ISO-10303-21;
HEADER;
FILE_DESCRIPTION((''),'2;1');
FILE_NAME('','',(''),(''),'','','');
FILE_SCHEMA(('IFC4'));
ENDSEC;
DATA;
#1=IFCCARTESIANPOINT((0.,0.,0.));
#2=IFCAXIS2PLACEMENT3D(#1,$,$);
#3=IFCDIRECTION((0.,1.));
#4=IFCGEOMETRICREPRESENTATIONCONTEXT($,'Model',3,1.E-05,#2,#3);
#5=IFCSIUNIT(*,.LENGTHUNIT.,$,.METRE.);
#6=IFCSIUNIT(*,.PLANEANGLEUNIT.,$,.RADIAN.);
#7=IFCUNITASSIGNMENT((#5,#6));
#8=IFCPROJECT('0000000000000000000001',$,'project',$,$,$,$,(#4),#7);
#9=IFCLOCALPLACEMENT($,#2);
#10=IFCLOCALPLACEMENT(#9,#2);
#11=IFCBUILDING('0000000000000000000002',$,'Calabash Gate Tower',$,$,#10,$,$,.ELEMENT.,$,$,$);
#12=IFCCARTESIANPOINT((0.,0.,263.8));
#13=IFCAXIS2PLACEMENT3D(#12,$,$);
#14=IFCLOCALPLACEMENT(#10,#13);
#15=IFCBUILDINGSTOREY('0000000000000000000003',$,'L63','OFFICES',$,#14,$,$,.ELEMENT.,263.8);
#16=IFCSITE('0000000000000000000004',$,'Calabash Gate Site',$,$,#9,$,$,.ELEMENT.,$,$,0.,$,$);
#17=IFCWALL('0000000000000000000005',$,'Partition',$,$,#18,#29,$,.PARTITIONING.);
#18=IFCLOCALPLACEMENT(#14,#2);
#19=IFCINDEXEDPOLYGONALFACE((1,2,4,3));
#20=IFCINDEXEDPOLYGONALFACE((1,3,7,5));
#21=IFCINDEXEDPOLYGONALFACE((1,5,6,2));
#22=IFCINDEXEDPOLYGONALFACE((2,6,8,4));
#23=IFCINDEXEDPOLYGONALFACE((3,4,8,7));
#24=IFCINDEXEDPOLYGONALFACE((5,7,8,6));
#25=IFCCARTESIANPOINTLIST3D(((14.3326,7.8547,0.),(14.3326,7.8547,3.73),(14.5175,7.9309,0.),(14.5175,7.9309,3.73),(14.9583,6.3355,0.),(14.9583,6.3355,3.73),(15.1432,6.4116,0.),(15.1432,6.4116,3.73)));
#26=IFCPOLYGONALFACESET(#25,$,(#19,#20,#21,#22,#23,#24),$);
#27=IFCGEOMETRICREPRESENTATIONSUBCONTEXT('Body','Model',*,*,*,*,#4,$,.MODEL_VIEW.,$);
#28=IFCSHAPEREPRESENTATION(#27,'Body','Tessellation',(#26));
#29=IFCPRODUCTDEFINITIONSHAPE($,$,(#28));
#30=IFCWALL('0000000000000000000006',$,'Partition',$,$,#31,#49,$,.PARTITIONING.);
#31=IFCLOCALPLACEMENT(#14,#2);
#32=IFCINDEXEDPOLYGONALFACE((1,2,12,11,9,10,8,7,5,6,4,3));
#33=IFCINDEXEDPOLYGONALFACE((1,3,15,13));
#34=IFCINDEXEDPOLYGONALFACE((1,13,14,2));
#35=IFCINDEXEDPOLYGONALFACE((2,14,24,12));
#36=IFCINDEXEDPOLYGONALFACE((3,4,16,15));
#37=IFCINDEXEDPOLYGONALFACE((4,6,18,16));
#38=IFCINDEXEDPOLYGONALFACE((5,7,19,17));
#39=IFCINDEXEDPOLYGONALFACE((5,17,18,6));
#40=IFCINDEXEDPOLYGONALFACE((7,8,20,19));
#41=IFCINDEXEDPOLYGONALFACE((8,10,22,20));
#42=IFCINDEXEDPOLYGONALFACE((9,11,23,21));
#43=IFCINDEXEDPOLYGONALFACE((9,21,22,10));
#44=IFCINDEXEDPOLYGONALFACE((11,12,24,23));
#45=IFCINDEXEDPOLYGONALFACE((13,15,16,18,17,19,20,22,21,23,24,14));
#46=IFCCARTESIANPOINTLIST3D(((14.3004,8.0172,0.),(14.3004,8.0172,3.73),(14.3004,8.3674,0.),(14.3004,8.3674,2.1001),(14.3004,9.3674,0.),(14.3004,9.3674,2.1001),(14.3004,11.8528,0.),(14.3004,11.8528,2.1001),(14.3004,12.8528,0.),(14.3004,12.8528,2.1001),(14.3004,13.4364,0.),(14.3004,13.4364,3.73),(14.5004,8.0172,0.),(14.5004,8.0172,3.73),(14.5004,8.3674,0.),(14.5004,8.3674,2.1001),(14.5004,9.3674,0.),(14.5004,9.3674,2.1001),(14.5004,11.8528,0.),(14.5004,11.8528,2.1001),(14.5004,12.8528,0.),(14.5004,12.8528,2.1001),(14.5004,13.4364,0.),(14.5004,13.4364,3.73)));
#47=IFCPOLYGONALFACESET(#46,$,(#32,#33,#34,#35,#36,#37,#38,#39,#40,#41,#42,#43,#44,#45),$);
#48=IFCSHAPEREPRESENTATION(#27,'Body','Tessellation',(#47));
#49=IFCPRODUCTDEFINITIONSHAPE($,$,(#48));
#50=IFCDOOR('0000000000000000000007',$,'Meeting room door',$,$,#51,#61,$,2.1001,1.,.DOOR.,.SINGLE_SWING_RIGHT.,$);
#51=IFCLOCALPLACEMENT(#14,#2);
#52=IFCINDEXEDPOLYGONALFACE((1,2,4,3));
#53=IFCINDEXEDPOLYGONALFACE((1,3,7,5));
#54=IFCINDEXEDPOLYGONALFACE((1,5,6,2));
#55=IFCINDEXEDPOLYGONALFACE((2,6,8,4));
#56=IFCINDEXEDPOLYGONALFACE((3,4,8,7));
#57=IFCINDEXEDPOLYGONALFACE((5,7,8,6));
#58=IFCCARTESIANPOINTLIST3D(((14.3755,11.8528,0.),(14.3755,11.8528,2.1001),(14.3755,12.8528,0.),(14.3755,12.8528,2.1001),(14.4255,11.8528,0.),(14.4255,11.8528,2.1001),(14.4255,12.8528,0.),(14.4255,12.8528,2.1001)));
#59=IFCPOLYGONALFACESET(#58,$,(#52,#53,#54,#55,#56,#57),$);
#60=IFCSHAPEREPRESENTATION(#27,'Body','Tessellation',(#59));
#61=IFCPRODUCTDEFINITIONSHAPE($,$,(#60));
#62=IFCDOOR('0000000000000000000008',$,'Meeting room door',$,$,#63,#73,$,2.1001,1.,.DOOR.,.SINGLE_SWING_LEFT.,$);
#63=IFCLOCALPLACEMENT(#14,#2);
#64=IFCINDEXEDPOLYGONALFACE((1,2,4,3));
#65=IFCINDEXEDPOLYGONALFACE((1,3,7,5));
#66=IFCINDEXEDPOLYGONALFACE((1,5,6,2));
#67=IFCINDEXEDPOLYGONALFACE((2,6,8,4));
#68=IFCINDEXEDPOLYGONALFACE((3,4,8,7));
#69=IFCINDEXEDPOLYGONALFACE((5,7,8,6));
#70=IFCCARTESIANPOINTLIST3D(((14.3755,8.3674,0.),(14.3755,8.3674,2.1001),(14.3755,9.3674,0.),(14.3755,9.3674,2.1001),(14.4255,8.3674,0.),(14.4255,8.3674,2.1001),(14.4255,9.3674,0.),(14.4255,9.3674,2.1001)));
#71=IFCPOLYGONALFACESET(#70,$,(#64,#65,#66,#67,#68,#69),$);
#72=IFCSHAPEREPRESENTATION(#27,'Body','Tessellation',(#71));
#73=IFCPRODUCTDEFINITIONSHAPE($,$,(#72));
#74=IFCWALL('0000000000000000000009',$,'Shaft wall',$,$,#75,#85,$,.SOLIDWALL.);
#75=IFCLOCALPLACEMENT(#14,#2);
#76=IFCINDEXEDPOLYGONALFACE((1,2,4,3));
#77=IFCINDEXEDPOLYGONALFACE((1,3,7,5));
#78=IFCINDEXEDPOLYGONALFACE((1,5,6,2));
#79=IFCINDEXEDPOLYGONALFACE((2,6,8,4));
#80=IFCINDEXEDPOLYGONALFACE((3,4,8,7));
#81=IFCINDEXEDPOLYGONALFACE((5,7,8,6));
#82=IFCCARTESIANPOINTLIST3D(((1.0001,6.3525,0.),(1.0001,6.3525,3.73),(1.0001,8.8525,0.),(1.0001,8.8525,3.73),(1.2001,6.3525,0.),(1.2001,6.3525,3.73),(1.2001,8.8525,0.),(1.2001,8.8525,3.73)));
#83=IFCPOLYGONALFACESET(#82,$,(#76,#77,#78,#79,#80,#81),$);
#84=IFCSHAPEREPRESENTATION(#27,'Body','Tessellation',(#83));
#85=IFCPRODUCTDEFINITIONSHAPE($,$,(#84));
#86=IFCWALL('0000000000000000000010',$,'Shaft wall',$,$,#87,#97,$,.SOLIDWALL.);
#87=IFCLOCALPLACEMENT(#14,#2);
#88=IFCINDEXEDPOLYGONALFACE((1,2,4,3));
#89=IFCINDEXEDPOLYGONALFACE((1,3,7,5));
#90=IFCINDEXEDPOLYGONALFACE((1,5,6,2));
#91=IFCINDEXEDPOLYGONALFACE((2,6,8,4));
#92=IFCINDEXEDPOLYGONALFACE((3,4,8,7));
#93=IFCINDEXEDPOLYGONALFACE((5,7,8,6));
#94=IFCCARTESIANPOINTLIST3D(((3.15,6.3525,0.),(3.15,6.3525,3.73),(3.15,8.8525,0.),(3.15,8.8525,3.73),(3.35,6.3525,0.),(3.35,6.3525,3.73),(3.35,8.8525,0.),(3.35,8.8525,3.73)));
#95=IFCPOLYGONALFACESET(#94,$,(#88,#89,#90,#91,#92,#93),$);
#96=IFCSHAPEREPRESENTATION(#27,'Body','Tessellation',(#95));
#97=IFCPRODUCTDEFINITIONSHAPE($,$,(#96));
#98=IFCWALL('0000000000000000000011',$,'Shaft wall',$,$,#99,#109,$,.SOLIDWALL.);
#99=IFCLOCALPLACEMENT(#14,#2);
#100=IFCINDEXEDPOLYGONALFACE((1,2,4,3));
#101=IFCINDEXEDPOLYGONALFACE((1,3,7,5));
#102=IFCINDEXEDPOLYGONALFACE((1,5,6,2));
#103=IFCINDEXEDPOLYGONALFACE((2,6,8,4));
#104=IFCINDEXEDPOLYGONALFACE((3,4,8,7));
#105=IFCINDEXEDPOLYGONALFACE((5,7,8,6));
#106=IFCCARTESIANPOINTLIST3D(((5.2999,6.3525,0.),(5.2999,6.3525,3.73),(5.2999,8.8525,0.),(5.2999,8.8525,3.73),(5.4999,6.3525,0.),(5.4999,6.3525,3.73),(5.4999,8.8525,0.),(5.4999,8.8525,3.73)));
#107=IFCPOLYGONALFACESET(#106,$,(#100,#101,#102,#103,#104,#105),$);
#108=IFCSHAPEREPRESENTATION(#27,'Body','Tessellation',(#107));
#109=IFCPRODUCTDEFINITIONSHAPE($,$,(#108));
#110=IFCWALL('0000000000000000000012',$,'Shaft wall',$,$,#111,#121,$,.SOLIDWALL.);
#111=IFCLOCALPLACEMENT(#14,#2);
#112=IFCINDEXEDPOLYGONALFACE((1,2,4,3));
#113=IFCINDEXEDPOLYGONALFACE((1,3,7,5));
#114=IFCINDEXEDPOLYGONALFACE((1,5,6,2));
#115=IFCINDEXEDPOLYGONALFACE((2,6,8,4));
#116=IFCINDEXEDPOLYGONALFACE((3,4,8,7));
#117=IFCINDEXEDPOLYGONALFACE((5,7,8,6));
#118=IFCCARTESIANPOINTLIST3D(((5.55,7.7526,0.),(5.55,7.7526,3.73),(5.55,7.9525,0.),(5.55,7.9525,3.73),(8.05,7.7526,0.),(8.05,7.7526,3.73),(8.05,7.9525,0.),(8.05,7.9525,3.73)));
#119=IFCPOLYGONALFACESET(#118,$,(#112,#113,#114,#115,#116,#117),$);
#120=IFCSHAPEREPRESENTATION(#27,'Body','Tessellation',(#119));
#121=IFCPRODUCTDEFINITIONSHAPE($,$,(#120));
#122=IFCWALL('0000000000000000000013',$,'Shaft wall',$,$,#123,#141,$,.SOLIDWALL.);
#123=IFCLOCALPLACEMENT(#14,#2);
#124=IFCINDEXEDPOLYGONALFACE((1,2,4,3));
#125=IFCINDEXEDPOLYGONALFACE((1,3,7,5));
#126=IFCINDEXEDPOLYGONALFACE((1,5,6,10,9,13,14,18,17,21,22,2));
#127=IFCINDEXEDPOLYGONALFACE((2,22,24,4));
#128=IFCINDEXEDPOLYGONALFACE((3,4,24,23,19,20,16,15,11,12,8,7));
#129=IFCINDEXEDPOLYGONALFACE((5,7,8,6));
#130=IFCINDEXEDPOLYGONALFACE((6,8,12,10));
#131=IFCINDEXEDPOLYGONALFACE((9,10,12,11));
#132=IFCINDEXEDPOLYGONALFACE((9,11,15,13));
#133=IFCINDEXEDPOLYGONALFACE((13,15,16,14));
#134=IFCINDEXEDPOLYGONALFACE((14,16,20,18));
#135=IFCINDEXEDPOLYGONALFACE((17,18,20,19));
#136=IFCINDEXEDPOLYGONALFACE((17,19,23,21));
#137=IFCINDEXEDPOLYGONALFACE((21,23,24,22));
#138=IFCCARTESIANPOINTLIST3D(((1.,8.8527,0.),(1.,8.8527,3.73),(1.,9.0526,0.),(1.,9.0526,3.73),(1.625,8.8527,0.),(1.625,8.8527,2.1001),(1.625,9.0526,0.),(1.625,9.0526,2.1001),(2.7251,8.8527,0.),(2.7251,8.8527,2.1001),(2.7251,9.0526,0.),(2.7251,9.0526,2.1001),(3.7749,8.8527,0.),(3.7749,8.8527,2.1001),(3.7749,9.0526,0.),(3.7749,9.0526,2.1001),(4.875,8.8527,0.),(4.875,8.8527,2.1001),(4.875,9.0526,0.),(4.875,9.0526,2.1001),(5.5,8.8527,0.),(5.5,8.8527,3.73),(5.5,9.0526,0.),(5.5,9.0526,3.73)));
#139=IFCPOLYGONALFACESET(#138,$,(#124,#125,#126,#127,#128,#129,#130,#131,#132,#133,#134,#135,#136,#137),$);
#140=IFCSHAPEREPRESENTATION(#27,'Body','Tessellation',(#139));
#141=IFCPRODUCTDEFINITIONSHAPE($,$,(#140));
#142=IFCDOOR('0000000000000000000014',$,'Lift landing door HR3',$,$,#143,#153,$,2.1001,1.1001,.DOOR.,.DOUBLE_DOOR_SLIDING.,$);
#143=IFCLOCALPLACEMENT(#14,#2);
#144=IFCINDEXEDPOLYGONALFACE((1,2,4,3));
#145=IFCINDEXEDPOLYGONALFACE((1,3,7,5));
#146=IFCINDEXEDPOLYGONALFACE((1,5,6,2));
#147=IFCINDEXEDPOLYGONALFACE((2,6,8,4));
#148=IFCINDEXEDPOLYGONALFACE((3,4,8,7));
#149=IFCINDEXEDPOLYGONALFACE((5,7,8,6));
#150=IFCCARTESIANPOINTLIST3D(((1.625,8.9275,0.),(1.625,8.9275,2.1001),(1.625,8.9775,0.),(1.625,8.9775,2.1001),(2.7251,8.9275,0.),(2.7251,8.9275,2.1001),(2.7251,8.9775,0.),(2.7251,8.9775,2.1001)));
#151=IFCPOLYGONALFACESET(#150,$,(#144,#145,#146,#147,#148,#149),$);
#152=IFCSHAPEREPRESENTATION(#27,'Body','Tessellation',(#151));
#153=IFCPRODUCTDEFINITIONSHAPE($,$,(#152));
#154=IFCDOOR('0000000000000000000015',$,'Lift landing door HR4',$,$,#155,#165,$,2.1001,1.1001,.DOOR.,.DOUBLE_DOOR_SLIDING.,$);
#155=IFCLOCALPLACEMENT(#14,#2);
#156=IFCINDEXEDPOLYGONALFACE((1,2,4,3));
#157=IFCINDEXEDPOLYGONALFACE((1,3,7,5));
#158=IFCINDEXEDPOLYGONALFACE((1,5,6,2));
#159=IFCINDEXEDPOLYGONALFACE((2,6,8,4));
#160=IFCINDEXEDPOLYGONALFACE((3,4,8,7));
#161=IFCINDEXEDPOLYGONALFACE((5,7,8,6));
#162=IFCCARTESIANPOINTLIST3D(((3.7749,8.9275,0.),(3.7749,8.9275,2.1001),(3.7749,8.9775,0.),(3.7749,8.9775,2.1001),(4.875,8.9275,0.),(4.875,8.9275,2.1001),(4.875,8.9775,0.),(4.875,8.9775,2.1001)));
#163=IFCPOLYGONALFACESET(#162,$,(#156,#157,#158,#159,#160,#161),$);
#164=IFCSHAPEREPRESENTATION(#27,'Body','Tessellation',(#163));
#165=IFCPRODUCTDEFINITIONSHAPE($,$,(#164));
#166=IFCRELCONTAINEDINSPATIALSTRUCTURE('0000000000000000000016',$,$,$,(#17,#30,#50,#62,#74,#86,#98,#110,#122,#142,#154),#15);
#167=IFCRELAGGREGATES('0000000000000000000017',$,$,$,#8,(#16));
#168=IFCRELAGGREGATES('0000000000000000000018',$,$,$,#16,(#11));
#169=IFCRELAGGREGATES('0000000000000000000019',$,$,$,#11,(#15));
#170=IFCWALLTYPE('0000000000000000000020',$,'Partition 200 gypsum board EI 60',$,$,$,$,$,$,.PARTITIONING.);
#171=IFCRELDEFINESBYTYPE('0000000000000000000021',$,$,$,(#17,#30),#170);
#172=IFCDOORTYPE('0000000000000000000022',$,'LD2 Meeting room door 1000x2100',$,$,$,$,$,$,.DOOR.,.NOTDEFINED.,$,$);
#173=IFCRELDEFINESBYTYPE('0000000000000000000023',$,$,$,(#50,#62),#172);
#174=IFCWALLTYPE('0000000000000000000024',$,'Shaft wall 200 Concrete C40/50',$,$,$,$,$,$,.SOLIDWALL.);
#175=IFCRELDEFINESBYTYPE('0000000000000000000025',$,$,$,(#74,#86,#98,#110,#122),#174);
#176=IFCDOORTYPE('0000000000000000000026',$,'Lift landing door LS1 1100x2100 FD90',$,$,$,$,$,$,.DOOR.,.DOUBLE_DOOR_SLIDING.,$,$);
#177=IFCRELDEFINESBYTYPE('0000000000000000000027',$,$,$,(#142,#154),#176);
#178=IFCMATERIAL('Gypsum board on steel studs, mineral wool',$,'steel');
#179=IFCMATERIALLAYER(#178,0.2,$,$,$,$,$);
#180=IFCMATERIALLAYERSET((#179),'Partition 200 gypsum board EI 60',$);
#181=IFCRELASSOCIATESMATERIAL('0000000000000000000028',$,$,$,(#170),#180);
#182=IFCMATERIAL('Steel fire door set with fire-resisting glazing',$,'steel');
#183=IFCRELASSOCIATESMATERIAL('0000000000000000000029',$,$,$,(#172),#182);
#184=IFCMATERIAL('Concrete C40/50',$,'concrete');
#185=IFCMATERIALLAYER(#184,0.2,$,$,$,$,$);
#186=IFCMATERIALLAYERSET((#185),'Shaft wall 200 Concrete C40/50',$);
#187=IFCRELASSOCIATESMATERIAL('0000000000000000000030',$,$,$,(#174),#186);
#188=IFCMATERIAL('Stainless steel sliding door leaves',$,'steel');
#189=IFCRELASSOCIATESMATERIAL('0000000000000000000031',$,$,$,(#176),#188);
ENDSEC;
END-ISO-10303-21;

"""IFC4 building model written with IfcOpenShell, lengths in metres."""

from ifc_helpers import new_model, si_unit, direction, frame, frame_2d, origin, place, context, subcontext, project, spatial, rectangle, extrude, material, layer, layer_set, type_object, element, fill, save


model = new_model("IFC4")

# Units and contexts
model_context = context("Model", 3, precision=1e-05, world=origin(), true_north=direction((0.0, 1.0)))
body_context = subcontext(model_context, "Body", "Model", "MODEL_VIEW")
ifc_project = project(units=[si_unit("LENGTHUNIT", "METRE"), si_unit("PLANEANGLEUNIT", "RADIAN")], contexts=[model_context])

# Site, building, storey
site_placement = place(None, origin())
site = spatial("IfcSite", under=ifc_project, at=site_placement, Name="Calabash Gate Site", CompositionType="ELEMENT", RefElevation=0.0)
building_placement = place(site_placement, origin())
building = spatial("IfcBuilding", under=site, at=building_placement, Name="Calabash Gate Tower", CompositionType="ELEMENT")
storey_placement = place(building_placement, frame((0.0, 0.0, 263.8)))
storey = spatial("IfcBuildingStorey", under=building, at=storey_placement, Name="L63", Description="OFFICES", CompositionType="ELEMENT", Elevation=263.8)

# Shared definitions
ifc_material_1 = material(Name="Gypsum board on steel studs, mineral wool", Category="steel")
ifc_layer_1 = layer(ifc_material_1, 0.2)
ifc_layer_set_1 = layer_set([ifc_layer_1], Name="Partition 200 gypsum board EI 60")
wall_type_1 = type_object("IfcWallType", Name="Partition 200 gypsum board EI 60", PredefinedType="PARTITIONING", material=ifc_layer_set_1)

# Wall
wall_1_placement = place(storey_placement, frame((14.425, 7.8928, 0.0), z_axis=(0.0, 0.0, 1.0), x_axis=(0.380825, -0.924647, 0.0)))
element("IfcWall", 1, at=wall_1_placement, inside=storey, type_object=wall_type_1, Name="Partition", PredefinedType="PARTITIONING", context=body_context, shape_type="SweptSolid", body=[
    extrude(rectangle(XDim=1.6431, YDim=0.2, at=frame_2d((0.8215, 0.0))), origin(), (0.0, 0.0, 1.0), 3.73),
])

# Wall, openings, doors
wall_2_placement = place(storey_placement, frame((14.4004, 8.0173, 0.0), z_axis=(0.0, 0.0, 1.0), x_axis=(0.0, 1.0, 0.0)))
wall_2 = element("IfcWall", 2, at=wall_2_placement, inside=storey, type_object=wall_type_1, Name="Partition", PredefinedType="PARTITIONING", context=body_context, shape_type="SweptSolid", body=[
    extrude(rectangle(XDim=5.4192, YDim=0.2, at=frame_2d((2.7095, 0.0))), origin(), (0.0, 0.0, 1.0), 3.73),
])
opening_1_placement = place(wall_2_placement, frame((3.8354, 0.0, 0.0)))
opening_1 = element("IfcOpeningElement", 3, at=opening_1_placement, cuts=wall_2, PredefinedType="OPENING", context=body_context, shape_type="SweptSolid", body=[
    extrude(rectangle(XDim=1.0, YDim=2.1001, at=frame_2d((0.5, 1.05))), frame((0.0, 0.1099, 0.0), z_axis=(0.0, -1.0, 0.0), x_axis=(1.0, 0.0, 0.0)), (0.0, 0.0, 1.0), 0.22),
])
opening_2_placement = place(wall_2_placement, frame((0.3501, 0.0, 0.0)))
opening_2 = element("IfcOpeningElement", 4, at=opening_2_placement, cuts=wall_2, PredefinedType="OPENING", context=body_context, shape_type="SweptSolid", body=[
    extrude(rectangle(XDim=1.0, YDim=2.1001, at=frame_2d((0.5, 1.05))), frame((0.0, 0.1099, 0.0), z_axis=(0.0, -1.0, 0.0), x_axis=(1.0, 0.0, 0.0)), (0.0, 0.0, 1.0), 0.22),
])
ifc_material_2 = material(Name="Steel fire door set with fire-resisting glazing", Category="steel")
door_type_1 = type_object("IfcDoorType", Name="LD2 Meeting room door 1000x2100", OperationType="NOTDEFINED", PredefinedType="DOOR", material=ifc_material_2)
door_1_placement = place(opening_1_placement, origin())
door_1 = element("IfcDoor", 5, at=door_1_placement, inside=storey, type_object=door_type_1, Name="Meeting room door", OperationType="SINGLE_SWING_RIGHT", OverallHeight=2.1001, OverallWidth=1.0, PredefinedType="DOOR", context=body_context, shape_type="SweptSolid", body=[
    extrude(rectangle(XDim=1.0, YDim=2.1001, at=frame_2d((0.5, 1.05))), frame((0.0, 0.0249, 0.0), z_axis=(0.0, -1.0, 0.0), x_axis=(1.0, 0.0, 0.0)), (0.0, 0.0, 1.0), 0.05),
])
fill(opening_1, door_1)
door_2_placement = place(opening_2_placement, origin())
door_2 = element("IfcDoor", 6, at=door_2_placement, inside=storey, type_object=door_type_1, Name="Meeting room door", OperationType="SINGLE_SWING_LEFT", OverallHeight=2.1001, OverallWidth=1.0, PredefinedType="DOOR", context=body_context, shape_type="SweptSolid", body=[
    extrude(rectangle(XDim=1.0, YDim=2.1001, at=frame_2d((0.5, 1.05))), frame((0.0, 0.0249, 0.0), z_axis=(0.0, -1.0, 0.0), x_axis=(1.0, 0.0, 0.0)), (0.0, 0.0, 1.0), 0.05),
])
fill(opening_2, door_2)

# Walls
ifc_material_3 = material(Name="Concrete C40/50", Category="concrete")
ifc_layer_2 = layer(ifc_material_3, 0.2)
ifc_layer_set_2 = layer_set([ifc_layer_2], Name="Shaft wall 200 Concrete C40/50")
wall_type_2 = type_object("IfcWallType", Name="Shaft wall 200 Concrete C40/50", PredefinedType="SOLIDWALL", material=ifc_layer_set_2)
for number, where, z_axis, x_axis, name in (
    (7, (1.1001, 6.3525, 0.0), (0.0, 0.0, 1.0), (0.0, 1.0, 0.0), "Shaft wall"),
    (8, (3.25, 6.3525, 0.0), (0.0, 0.0, 1.0), (0.0, 1.0, 0.0), "Shaft wall"),
    (9, (5.3999, 6.3525, 0.0), (0.0, 0.0, 1.0), (0.0, 1.0, 0.0), "Shaft wall"),
    (10, (5.55, 7.8525, 0.0), (0.0, 0.0, 1.0), (1.0, 0.0, 0.0), "Shaft wall"),
):
    element("IfcWall", number, at=place(storey_placement, frame(where, z_axis=z_axis, x_axis=x_axis)), inside=storey, type_object=wall_type_2, Name=name, PredefinedType="SOLIDWALL", context=body_context, shape_type="SweptSolid", body=[
        extrude(rectangle(XDim=2.5, YDim=0.2, at=frame_2d((1.25, 0.0))), origin(), (0.0, 0.0, 1.0), 3.73),
    ])

# Wall, openings, doors
wall_3_placement = place(storey_placement, frame((1.0, 8.9526, 0.0), z_axis=(0.0, 0.0, 1.0), x_axis=(1.0, 0.0, 0.0)))
wall_3 = element("IfcWall", 11, at=wall_3_placement, inside=storey, type_object=wall_type_2, Name="Shaft wall", PredefinedType="SOLIDWALL", context=body_context, shape_type="SweptSolid", body=[
    extrude(rectangle(XDim=4.5, YDim=0.2, at=frame_2d((2.25, 0.0))), origin(), (0.0, 0.0, 1.0), 3.73),
])
opening_3_placement = place(wall_3_placement, frame((0.625, 0.0, 0.0)))
opening_3 = element("IfcOpeningElement", 12, at=opening_3_placement, cuts=wall_3, PredefinedType="OPENING", context=body_context, shape_type="SweptSolid", body=[
    extrude(rectangle(XDim=1.1001, YDim=2.1001, at=frame_2d((0.55, 1.05))), frame((0.0, 0.1099, 0.0), z_axis=(0.0, -1.0, 0.0), x_axis=(1.0, 0.0, 0.0)), (0.0, 0.0, 1.0), 0.22),
])
opening_4_placement = place(wall_3_placement, frame((2.7749, 0.0, 0.0)))
opening_4 = element("IfcOpeningElement", 13, at=opening_4_placement, cuts=wall_3, PredefinedType="OPENING", context=body_context, shape_type="SweptSolid", body=[
    extrude(rectangle(XDim=1.1001, YDim=2.1001, at=frame_2d((0.55, 1.05))), frame((0.0, 0.1099, 0.0), z_axis=(0.0, -1.0, 0.0), x_axis=(1.0, 0.0, 0.0)), (0.0, 0.0, 1.0), 0.22),
])
ifc_material_4 = material(Name="Stainless steel sliding door leaves", Category="steel")
door_type_2 = type_object("IfcDoorType", Name="Lift landing door LS1 1100x2100 FD90", OperationType="DOUBLE_DOOR_SLIDING", PredefinedType="DOOR", material=ifc_material_4)
door_3_placement = place(opening_3_placement, origin())
door_3 = element("IfcDoor", 14, at=door_3_placement, inside=storey, type_object=door_type_2, Name="Lift landing door HR3", OperationType="DOUBLE_DOOR_SLIDING", OverallHeight=2.1001, OverallWidth=1.1001, PredefinedType="DOOR", context=body_context, shape_type="SweptSolid", body=[
    extrude(rectangle(XDim=1.1001, YDim=2.1001, at=frame_2d((0.55, 1.05))), frame((0.0, 0.0249, 0.0), z_axis=(0.0, -1.0, 0.0), x_axis=(1.0, 0.0, 0.0)), (0.0, 0.0, 1.0), 0.05),
])
fill(opening_3, door_3)
door_4_placement = place(opening_4_placement, origin())
door_4 = element("IfcDoor", 15, at=door_4_placement, inside=storey, type_object=door_type_2, Name="Lift landing door HR4", OperationType="DOUBLE_DOOR_SLIDING", OverallHeight=2.1001, OverallWidth=1.1001, PredefinedType="DOOR", context=body_context, shape_type="SweptSolid", body=[
    extrude(rectangle(XDim=1.1001, YDim=2.1001, at=frame_2d((0.55, 1.05))), frame((0.0, 0.0249, 0.0), z_axis=(0.0, -1.0, 0.0), x_axis=(1.0, 0.0, 0.0)), (0.0, 0.0, 1.0), 0.05),
])
fill(opening_4, door_4)

save(model, "model.ifc")
